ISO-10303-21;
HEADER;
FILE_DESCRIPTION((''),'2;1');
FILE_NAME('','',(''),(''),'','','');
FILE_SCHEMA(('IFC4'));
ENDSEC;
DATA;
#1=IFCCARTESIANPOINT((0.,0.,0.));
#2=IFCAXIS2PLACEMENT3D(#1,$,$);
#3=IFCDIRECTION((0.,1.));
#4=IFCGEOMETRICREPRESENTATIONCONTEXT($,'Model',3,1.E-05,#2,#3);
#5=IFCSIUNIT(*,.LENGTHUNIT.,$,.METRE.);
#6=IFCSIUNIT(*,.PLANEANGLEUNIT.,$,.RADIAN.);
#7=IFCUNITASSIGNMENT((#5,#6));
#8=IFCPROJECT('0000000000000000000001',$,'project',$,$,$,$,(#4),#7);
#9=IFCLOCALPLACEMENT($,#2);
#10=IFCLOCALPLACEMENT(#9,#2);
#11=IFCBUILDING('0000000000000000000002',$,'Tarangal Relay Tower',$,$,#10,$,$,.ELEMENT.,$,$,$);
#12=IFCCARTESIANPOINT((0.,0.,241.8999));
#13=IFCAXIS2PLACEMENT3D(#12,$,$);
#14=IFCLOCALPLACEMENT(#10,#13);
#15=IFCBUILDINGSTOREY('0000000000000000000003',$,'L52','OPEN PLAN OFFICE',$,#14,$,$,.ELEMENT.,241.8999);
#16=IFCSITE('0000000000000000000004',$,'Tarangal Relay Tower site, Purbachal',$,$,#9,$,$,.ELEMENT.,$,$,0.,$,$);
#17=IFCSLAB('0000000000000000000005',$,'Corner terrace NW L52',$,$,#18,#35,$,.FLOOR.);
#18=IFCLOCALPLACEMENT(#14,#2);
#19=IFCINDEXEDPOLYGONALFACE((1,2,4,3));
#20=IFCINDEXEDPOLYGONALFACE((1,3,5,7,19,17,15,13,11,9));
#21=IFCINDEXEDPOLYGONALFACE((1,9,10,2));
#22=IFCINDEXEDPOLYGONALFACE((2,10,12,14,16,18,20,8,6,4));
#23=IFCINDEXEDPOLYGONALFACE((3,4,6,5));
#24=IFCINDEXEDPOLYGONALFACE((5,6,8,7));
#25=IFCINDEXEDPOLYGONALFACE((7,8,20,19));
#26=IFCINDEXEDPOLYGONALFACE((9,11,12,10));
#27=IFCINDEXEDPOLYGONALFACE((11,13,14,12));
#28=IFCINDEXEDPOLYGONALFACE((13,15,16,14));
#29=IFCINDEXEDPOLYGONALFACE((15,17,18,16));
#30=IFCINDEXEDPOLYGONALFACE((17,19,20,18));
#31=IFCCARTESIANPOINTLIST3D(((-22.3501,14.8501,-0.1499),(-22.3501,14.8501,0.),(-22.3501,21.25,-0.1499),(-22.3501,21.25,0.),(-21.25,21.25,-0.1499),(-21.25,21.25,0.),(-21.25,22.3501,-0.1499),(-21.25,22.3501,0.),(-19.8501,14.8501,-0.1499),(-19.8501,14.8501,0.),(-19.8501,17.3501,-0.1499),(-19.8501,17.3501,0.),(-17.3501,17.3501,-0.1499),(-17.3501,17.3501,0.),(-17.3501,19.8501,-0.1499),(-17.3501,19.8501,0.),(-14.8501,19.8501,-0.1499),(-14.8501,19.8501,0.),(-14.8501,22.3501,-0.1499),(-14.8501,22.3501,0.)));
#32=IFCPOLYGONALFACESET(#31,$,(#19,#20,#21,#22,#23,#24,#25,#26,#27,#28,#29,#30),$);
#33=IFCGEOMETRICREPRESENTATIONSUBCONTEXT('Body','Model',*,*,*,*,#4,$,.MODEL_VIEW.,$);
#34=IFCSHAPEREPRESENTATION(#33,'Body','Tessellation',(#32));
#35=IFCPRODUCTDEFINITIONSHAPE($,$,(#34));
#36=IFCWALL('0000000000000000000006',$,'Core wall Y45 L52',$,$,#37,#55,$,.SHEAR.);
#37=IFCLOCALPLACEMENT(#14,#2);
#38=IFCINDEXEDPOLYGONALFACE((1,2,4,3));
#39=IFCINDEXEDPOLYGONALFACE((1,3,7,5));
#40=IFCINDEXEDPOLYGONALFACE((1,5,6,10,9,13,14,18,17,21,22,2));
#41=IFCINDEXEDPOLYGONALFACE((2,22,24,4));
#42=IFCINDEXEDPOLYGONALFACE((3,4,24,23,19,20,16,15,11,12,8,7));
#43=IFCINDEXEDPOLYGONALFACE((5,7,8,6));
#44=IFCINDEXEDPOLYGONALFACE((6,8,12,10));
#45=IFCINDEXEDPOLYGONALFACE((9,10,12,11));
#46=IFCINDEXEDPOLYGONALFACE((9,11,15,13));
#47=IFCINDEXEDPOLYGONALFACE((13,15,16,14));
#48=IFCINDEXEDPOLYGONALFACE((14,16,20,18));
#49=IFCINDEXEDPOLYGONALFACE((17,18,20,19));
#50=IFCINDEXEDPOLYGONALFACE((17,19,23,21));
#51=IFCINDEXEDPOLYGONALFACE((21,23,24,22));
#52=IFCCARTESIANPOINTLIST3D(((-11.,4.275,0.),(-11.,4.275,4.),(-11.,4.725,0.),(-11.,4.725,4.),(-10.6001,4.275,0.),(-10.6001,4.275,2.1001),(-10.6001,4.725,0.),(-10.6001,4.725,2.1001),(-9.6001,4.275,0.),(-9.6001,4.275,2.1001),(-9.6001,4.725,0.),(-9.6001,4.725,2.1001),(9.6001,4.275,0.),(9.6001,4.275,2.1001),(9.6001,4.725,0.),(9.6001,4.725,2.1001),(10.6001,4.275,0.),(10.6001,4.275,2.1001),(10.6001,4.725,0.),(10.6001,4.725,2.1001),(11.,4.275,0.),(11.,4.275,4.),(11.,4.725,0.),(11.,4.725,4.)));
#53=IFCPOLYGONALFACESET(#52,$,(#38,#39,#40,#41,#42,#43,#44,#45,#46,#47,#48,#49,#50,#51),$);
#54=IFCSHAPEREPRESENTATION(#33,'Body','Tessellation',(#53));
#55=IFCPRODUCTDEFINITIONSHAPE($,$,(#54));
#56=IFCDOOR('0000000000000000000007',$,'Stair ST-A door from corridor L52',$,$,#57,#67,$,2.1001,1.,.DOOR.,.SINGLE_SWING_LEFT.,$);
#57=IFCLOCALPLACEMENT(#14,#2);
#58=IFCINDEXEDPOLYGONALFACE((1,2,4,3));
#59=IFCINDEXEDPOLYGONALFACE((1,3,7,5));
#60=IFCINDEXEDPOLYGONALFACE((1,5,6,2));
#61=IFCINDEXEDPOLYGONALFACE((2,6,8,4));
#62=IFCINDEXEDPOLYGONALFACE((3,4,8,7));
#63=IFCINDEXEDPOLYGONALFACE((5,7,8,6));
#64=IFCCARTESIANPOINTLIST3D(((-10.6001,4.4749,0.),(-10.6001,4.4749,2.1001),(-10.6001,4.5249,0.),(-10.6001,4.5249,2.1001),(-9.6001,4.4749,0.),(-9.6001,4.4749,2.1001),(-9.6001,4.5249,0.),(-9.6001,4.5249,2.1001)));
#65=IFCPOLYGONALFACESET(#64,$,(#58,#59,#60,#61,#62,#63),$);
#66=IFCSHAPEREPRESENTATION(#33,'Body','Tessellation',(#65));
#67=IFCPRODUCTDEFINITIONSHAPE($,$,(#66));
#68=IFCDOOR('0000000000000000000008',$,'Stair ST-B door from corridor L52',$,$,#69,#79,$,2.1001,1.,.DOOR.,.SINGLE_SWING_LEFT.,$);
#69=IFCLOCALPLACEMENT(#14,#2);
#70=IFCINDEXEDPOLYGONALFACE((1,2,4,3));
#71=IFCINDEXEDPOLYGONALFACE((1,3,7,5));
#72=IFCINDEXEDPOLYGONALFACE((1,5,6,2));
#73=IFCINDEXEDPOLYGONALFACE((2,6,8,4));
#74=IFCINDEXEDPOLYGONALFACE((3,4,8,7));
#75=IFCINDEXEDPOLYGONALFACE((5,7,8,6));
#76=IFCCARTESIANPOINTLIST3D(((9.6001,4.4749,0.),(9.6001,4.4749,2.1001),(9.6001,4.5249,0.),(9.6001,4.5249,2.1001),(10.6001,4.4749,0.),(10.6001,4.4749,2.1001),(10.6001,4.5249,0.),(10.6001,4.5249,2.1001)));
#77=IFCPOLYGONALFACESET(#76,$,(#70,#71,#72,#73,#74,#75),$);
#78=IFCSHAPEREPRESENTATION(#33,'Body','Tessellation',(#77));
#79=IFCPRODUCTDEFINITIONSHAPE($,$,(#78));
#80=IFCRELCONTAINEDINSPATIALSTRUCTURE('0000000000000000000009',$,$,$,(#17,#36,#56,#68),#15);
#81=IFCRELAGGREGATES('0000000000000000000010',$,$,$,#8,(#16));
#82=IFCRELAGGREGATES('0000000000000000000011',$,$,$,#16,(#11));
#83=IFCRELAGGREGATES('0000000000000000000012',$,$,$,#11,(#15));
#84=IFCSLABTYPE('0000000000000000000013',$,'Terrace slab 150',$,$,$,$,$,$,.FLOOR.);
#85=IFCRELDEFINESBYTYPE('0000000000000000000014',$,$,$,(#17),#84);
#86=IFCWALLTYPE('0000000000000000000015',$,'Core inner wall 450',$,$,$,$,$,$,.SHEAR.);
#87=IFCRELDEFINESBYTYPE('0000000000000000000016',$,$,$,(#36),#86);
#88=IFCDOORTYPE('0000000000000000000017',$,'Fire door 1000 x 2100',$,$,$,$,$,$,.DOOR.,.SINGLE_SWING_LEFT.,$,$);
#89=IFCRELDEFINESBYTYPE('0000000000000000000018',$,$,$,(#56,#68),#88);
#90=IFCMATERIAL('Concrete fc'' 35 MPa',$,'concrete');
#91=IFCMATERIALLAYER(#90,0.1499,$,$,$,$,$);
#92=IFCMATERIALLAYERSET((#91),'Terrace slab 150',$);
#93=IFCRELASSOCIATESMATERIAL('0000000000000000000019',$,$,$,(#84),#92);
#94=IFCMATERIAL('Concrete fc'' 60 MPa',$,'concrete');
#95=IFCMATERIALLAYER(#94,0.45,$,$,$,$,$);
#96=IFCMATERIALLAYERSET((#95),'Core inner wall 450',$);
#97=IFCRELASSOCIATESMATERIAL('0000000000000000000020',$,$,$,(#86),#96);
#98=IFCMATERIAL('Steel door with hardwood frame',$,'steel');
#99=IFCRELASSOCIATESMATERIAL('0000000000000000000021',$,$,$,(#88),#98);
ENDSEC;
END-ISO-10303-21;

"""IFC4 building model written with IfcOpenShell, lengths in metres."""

from ifc_helpers import new_model, si_unit, direction, frame, frame_2d, origin, place, context, subcontext, project, spatial, polyline, rectangle, outline, extrude, material, layer, layer_set, type_object, element, fill, save


model = new_model("IFC4")

# Units and contexts
model_context = context("Model", 3, precision=1e-05, world=origin(), true_north=direction((0.0, 1.0)))
body_context = subcontext(model_context, "Body", "Model", "MODEL_VIEW")
ifc_project = project(units=[si_unit("LENGTHUNIT", "METRE"), si_unit("PLANEANGLEUNIT", "RADIAN")], contexts=[model_context])

# Site, building, storey
site_placement = place(None, origin())
site = spatial("IfcSite", under=ifc_project, at=site_placement, Name="Tarangal Relay Tower site, Purbachal", CompositionType="ELEMENT", RefElevation=0.0)
building_placement = place(site_placement, origin())
building = spatial("IfcBuilding", under=site, at=building_placement, Name="Tarangal Relay Tower", CompositionType="ELEMENT")
storey_placement = place(building_placement, frame((0.0, 0.0, 241.8999)))
storey = spatial("IfcBuildingStorey", under=building, at=storey_placement, Name="L52", Description="OPEN PLAN OFFICE", CompositionType="ELEMENT", Elevation=241.8999)

# Slab
ifc_material_1 = material(Name="Concrete fc' 35 MPa", Category="concrete")
ifc_layer_1 = layer(ifc_material_1, 0.1499)
ifc_layer_set_1 = layer_set([ifc_layer_1], Name="Terrace slab 150")
slab_type_1 = type_object("IfcSlabType", Name="Terrace slab 150", PredefinedType="FLOOR", material=ifc_layer_set_1)
slab_1_placement = place(storey_placement, frame((0.0, 0.0, -0.1499)))
element("IfcSlab", 1, at=slab_1_placement, inside=storey, type_object=slab_type_1, Name="Corner terrace NW L52", PredefinedType="FLOOR", context=body_context, shape_type="SweptSolid", body=[
    extrude(outline(polyline([(-22.3501, 14.8501), (-19.8501, 14.8501), (-19.8501, 17.3501), (-17.3501, 17.3501), (-17.3501, 19.8501), (-14.8501, 19.8501), (-14.8501, 22.3501), (-21.25, 22.3501), (-21.25, 21.25), (-22.3501, 21.25), (-22.3501, 14.8501)])), origin(), (0.0, 0.0, 1.0), 0.1499),
])

# Wall, openings, doors
ifc_material_2 = material(Name="Concrete fc' 60 MPa", Category="concrete")
ifc_layer_2 = layer(ifc_material_2, 0.45)
ifc_layer_set_2 = layer_set([ifc_layer_2], Name="Core inner wall 450")
wall_type = type_object("IfcWallType", Name="Core inner wall 450", PredefinedType="SHEAR", material=ifc_layer_set_2)
wall_1_placement = place(storey_placement, frame((-11.0, 4.5, 0.0), z_axis=(0.0, 0.0, 1.0), x_axis=(1.0, 0.0, 0.0)))
wall_1 = element("IfcWall", 2, at=wall_1_placement, inside=storey, type_object=wall_type, Name="Core wall Y45 L52", PredefinedType="SHEAR", context=body_context, shape_type="SweptSolid", body=[
    extrude(rectangle(XDim=22.0, YDim=0.45, at=frame_2d((11.0, 0.0))), origin(), (0.0, 0.0, 1.0), 4.0),
])
opening_1_placement = place(wall_1_placement, frame((0.3999, 0.0, 0.0)))
opening_1 = element("IfcOpeningElement", 3, at=opening_1_placement, cuts=wall_1, PredefinedType="OPENING", context=body_context, shape_type="SweptSolid", body=[
    extrude(rectangle(XDim=1.0, YDim=2.1001, at=frame_2d((0.5, 1.05))), frame((0.0, 0.2349, 0.0), z_axis=(0.0, -1.0, 0.0), x_axis=(1.0, 0.0, 0.0)), (0.0, 0.0, 1.0), 0.47),
])
opening_2_placement = place(wall_1_placement, frame((20.6001, 0.0, 0.0)))
opening_2 = element("IfcOpeningElement", 4, at=opening_2_placement, cuts=wall_1, PredefinedType="OPENING", context=body_context, shape_type="SweptSolid", body=[
    extrude(rectangle(XDim=1.0, YDim=2.1001, at=frame_2d((0.5, 1.05))), frame((0.0, 0.2349, 0.0), z_axis=(0.0, -1.0, 0.0), x_axis=(1.0, 0.0, 0.0)), (0.0, 0.0, 1.0), 0.47),
])
ifc_material_3 = material(Name="Steel door with hardwood frame", Category="steel")
door_type_1 = type_object("IfcDoorType", Name="Fire door 1000 x 2100", OperationType="SINGLE_SWING_LEFT", PredefinedType="DOOR", material=ifc_material_3)
door_1_placement = place(opening_1_placement, origin())
door_1 = element("IfcDoor", 5, at=door_1_placement, inside=storey, type_object=door_type_1, Name="Stair ST-A door from corridor L52", OperationType="SINGLE_SWING_LEFT", OverallHeight=2.1001, OverallWidth=1.0, PredefinedType="DOOR", context=body_context, shape_type="SweptSolid", body=[
    extrude(rectangle(XDim=1.0, YDim=2.1001, at=frame_2d((0.5, 1.05))), frame((0.0, 0.0249, 0.0), z_axis=(0.0, -1.0, 0.0), x_axis=(1.0, 0.0, 0.0)), (0.0, 0.0, 1.0), 0.05),
])
fill(opening_1, door_1)
door_2_placement = place(opening_2_placement, origin())
door_2 = element("IfcDoor", 6, at=door_2_placement, inside=storey, type_object=door_type_1, Name="Stair ST-B door from corridor L52", OperationType="SINGLE_SWING_LEFT", OverallHeight=2.1001, OverallWidth=1.0, PredefinedType="DOOR", context=body_context, shape_type="SweptSolid", body=[
    extrude(rectangle(XDim=1.0, YDim=2.1001, at=frame_2d((0.5, 1.05))), frame((0.0, 0.0249, 0.0), z_axis=(0.0, -1.0, 0.0), x_axis=(1.0, 0.0, 0.0)), (0.0, 0.0, 1.0), 0.05),
])
fill(opening_2, door_2)

save(model, "model.ifc")
